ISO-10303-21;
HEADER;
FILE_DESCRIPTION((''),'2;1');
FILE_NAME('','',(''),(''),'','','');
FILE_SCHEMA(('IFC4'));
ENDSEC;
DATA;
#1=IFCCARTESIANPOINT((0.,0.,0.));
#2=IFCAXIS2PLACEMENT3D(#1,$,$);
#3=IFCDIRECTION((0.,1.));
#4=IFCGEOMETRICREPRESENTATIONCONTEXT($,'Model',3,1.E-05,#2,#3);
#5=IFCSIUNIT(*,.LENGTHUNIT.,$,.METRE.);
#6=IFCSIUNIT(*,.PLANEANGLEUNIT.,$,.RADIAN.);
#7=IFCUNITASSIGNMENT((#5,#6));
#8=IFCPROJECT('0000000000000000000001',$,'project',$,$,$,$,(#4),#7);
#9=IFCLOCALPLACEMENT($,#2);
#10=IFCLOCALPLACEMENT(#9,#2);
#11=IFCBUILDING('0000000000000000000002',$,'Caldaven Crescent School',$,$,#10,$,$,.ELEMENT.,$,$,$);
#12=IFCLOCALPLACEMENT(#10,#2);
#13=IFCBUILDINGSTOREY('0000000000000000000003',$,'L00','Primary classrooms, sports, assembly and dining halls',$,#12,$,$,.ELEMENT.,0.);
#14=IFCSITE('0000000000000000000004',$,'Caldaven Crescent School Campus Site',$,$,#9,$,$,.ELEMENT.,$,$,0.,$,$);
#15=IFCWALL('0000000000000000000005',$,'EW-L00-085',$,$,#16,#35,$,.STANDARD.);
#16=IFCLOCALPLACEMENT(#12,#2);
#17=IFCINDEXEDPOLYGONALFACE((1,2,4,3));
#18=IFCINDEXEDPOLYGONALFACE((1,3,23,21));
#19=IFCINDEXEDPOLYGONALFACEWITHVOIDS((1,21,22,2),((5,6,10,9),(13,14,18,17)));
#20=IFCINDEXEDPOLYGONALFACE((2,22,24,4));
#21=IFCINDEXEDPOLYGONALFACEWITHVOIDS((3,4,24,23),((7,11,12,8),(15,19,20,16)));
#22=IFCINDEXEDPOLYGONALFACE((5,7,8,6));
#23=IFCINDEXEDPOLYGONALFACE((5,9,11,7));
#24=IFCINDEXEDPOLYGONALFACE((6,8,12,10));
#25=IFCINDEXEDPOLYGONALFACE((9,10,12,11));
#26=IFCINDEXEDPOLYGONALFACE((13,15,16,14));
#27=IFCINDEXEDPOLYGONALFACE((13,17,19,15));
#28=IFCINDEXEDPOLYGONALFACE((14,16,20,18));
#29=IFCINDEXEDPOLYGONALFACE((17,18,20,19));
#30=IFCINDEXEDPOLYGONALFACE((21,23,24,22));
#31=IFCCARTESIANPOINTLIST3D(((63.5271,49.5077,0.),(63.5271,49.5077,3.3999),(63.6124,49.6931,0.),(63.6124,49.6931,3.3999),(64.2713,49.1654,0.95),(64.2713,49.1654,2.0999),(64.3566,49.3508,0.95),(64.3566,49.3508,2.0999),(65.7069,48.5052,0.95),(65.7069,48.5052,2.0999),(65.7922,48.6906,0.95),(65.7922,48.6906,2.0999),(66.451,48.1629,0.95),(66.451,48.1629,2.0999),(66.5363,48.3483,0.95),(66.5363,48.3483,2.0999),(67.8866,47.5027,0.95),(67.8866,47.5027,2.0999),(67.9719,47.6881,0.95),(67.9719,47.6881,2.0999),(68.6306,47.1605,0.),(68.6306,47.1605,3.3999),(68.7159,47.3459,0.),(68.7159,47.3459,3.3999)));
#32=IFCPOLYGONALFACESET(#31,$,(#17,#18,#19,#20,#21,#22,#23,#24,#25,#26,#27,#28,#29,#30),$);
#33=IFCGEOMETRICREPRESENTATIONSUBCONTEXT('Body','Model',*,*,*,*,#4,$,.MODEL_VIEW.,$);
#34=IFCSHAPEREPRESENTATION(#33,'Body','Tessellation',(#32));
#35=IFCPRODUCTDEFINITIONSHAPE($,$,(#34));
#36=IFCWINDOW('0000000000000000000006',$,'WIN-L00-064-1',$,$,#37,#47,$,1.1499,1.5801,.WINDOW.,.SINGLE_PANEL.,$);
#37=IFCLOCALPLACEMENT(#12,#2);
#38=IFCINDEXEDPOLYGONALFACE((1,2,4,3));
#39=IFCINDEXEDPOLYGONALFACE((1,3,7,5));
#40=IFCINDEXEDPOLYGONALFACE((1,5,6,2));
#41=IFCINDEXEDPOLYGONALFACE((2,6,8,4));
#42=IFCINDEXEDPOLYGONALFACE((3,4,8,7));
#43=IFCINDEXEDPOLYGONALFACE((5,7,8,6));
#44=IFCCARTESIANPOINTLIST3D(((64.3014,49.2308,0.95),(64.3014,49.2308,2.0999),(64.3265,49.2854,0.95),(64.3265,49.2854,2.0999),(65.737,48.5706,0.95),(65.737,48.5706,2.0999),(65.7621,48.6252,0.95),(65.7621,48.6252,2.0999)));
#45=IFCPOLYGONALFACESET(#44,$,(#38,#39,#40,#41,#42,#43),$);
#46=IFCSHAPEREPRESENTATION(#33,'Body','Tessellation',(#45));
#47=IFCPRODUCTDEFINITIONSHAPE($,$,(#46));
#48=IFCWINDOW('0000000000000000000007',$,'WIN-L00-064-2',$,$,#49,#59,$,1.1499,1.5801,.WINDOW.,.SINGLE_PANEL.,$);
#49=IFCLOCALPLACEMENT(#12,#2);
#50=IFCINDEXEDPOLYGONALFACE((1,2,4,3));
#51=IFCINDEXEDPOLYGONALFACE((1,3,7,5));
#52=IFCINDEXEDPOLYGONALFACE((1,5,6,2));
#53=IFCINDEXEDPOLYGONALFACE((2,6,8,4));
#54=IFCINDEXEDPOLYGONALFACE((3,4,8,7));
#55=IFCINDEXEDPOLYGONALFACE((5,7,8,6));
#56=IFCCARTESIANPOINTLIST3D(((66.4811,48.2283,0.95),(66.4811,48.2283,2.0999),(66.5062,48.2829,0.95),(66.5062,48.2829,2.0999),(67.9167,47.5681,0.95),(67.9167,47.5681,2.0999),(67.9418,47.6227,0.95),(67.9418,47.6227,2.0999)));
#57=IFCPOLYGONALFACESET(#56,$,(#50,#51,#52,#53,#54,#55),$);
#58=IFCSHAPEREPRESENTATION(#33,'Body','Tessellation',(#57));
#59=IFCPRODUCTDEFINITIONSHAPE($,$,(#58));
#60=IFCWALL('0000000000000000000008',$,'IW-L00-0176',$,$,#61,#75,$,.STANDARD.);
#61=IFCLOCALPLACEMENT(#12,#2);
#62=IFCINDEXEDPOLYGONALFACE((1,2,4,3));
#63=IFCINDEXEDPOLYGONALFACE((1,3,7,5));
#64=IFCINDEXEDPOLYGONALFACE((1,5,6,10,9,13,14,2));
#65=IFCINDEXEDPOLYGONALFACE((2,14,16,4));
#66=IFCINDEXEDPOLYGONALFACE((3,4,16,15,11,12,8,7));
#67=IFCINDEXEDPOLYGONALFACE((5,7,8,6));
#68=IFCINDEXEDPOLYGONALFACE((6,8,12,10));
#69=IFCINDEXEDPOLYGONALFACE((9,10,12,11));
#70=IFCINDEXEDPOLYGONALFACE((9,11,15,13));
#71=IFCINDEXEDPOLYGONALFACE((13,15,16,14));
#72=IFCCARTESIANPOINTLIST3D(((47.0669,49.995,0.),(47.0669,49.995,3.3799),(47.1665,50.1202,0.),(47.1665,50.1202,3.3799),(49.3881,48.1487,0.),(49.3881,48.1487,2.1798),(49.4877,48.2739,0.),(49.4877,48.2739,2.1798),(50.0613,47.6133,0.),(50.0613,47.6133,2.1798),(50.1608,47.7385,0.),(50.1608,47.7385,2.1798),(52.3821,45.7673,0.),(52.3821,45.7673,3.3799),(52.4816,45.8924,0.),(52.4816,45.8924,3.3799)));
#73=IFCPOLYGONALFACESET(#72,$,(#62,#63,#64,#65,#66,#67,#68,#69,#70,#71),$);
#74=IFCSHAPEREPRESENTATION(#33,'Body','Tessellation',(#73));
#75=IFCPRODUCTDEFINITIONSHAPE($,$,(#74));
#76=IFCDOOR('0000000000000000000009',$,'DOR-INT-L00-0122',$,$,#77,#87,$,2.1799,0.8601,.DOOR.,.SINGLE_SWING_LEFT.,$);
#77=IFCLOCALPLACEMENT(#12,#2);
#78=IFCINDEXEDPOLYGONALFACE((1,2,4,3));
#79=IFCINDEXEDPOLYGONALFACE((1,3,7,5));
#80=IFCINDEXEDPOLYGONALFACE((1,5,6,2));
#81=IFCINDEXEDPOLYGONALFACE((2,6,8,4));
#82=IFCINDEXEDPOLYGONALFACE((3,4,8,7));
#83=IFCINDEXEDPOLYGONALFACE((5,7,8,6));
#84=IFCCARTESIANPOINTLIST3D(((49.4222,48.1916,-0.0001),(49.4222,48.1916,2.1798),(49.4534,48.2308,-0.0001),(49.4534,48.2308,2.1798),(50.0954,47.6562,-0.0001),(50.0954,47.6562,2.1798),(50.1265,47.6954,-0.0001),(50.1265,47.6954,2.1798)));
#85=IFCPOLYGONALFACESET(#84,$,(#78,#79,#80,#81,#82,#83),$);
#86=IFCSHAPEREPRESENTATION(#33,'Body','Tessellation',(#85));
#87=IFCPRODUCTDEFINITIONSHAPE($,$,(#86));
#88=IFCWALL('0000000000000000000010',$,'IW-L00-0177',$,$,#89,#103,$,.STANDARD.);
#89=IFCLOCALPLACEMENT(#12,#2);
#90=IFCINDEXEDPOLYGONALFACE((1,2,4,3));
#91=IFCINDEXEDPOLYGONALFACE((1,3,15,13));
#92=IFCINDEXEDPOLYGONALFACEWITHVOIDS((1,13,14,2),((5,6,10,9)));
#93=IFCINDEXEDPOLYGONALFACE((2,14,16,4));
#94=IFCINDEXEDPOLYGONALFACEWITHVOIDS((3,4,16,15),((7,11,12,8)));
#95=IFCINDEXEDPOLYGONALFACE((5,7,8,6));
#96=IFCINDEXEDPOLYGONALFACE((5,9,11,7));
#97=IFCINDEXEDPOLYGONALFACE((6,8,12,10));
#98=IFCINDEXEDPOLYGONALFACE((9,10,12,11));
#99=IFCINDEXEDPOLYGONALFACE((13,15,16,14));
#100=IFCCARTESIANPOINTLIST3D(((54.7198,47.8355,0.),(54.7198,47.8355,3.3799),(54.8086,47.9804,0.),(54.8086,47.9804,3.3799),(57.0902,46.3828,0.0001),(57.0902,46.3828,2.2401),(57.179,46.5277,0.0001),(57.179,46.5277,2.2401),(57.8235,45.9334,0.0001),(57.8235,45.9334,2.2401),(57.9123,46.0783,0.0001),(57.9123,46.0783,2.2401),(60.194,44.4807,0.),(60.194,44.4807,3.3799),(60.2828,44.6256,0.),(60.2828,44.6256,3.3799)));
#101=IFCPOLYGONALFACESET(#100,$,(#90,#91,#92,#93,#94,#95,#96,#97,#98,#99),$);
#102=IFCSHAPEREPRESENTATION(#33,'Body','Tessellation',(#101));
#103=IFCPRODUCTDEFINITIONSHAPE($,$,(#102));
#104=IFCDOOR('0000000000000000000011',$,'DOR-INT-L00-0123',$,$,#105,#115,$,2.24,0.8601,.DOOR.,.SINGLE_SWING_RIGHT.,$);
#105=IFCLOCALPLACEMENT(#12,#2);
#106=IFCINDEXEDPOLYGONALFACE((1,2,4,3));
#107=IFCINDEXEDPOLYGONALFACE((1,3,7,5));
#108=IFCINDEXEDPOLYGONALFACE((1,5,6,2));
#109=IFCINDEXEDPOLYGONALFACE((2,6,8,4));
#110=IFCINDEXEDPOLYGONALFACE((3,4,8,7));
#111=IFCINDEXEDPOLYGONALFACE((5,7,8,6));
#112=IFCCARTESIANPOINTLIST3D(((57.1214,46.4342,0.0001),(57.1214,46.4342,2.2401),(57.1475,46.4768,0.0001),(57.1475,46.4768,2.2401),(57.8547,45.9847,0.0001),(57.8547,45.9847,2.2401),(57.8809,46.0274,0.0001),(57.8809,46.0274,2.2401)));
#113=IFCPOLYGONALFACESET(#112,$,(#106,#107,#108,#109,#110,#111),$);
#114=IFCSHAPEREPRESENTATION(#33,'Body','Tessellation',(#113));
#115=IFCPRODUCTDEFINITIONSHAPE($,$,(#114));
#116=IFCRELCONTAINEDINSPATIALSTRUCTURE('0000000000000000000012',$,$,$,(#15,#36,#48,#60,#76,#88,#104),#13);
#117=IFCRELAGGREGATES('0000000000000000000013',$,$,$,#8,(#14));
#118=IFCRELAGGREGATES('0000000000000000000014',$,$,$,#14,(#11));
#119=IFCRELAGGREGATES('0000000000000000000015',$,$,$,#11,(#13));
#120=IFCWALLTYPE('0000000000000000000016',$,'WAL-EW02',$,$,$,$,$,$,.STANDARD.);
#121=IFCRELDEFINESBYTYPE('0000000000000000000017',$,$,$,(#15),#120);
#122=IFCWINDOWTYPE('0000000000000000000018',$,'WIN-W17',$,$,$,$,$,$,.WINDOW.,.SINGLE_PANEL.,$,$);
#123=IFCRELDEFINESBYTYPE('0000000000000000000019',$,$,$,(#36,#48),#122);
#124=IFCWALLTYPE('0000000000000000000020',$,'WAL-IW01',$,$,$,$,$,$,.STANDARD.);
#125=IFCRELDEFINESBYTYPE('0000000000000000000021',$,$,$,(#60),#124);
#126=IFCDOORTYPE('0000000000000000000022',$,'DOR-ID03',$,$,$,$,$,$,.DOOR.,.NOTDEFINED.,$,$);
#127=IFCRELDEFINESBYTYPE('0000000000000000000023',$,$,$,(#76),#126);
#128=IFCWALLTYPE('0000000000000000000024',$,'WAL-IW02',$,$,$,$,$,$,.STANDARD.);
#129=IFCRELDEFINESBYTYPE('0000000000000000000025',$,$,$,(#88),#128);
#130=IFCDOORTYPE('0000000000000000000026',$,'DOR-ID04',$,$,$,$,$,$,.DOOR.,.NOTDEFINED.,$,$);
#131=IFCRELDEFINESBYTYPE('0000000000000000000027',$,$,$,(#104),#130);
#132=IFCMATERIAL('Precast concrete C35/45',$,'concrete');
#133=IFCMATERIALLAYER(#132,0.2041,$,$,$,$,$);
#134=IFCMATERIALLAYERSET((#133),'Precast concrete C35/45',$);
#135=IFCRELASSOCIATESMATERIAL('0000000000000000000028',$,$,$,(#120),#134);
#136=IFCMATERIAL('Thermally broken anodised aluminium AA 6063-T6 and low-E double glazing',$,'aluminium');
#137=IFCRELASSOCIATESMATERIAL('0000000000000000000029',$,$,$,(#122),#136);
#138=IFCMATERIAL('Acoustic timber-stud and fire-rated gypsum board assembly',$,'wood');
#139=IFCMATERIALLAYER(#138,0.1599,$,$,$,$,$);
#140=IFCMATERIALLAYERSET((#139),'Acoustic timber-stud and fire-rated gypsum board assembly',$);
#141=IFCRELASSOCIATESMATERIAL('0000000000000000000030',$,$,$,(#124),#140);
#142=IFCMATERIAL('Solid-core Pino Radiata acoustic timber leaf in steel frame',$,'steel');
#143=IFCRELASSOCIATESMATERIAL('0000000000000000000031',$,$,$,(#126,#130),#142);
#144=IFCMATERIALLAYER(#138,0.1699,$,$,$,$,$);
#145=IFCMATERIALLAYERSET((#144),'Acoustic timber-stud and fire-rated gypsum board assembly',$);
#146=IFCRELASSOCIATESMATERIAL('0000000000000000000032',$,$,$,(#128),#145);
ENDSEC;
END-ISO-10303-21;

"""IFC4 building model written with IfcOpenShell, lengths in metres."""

from ifc_helpers import new_model, si_unit, direction, frame, frame_2d, origin, place, context, subcontext, project, spatial, rectangle, extrude, material, layer, layer_set, type_object, element, fill, save


model = new_model("IFC4")

# Units and contexts
model_context = context("Model", 3, precision=1e-05, world=origin(), true_north=direction((0.0, 1.0)))
body_context = subcontext(model_context, "Body", "Model", "MODEL_VIEW")
ifc_project = project(units=[si_unit("LENGTHUNIT", "METRE"), si_unit("PLANEANGLEUNIT", "RADIAN")], contexts=[model_context])

# Site, building, storey
site_placement = place(None, origin())
site = spatial("IfcSite", under=ifc_project, at=site_placement, Name="Caldaven Crescent School Campus Site", CompositionType="ELEMENT", RefElevation=0.0)
building_placement = place(site_placement, origin())
building = spatial("IfcBuilding", under=site, at=building_placement, Name="Caldaven Crescent School", CompositionType="ELEMENT")
storey_placement = place(building_placement, origin())
storey = spatial("IfcBuildingStorey", under=building, at=storey_placement, Name="L00", Description="Primary classrooms, sports, assembly and dining halls", CompositionType="ELEMENT", Elevation=0.0)

# Wall, openings, windows
ifc_material_1 = material(Name="Precast concrete C35/45", Category="concrete")
ifc_layer_1 = layer(ifc_material_1, 0.2041)
ifc_layer_set_1 = layer_set([ifc_layer_1], Name="Precast concrete C35/45")
wall_type_1 = type_object("IfcWallType", Name="WAL-EW02", PredefinedType="STANDARD", material=ifc_layer_set_1)
wall_1_placement = place(storey_placement, frame((63.5698, 49.6003, 0.0), z_axis=(0.0, 0.0, 1.0), x_axis=(0.908521, -0.41784, 0.0)))
wall_1 = element("IfcWall", 1, at=wall_1_placement, inside=storey, type_object=wall_type_1, Name="EW-L00-085", PredefinedType="STANDARD", context=body_context, shape_type="SweptSolid", body=[
    extrude(rectangle(XDim=5.6174, YDim=0.2041, at=frame_2d((2.8086, 0.0))), origin(), (0.0, 0.0, 1.0), 3.3999),
])
opening_1_placement = place(wall_1_placement, frame((0.8191, 0.0, 0.95)))
opening_1 = element("IfcOpeningElement", 2, at=opening_1_placement, cuts=wall_1, PredefinedType="OPENING", context=body_context, shape_type="SweptSolid", body=[
    extrude(rectangle(XDim=1.5801, YDim=1.1499, at=frame_2d((0.79, 0.575))), frame((0.0, 0.1121, 0.0), z_axis=(0.0, -1.0, 0.0), x_axis=(1.0, 0.0, 0.0)), (0.0, 0.0, 1.0), 0.2241),
])
opening_2_placement = place(wall_1_placement, frame((3.2183, 0.0, 0.95)))
opening_2 = element("IfcOpeningElement", 3, at=opening_2_placement, cuts=wall_1, PredefinedType="OPENING", context=body_context, shape_type="SweptSolid", body=[
    extrude(rectangle(XDim=1.5801, YDim=1.1499, at=frame_2d((0.79, 0.575))), frame((0.0, 0.1121, 0.0), z_axis=(0.0, -1.0, 0.0), x_axis=(1.0, 0.0, 0.0)), (0.0, 0.0, 1.0), 0.2241),
])
ifc_material_2 = material(Name="Thermally broken anodised aluminium AA 6063-T6 and low-E double glazing", Category="aluminium")
window_type = type_object("IfcWindowType", Name="WIN-W17", PartitioningType="SINGLE_PANEL", PredefinedType="WINDOW", material=ifc_material_2)
window_1_placement = place(opening_1_placement, origin())
window_1 = element("IfcWindow", 4, at=window_1_placement, inside=storey, type_object=window_type, Name="WIN-L00-064-1", OverallHeight=1.1499, OverallWidth=1.5801, PartitioningType="SINGLE_PANEL", PredefinedType="WINDOW", context=body_context, shape_type="SweptSolid", body=[
    extrude(rectangle(XDim=1.5801, YDim=1.1499, at=frame_2d((0.79, 0.575))), frame((0.0, 0.03, 0.0), z_axis=(0.0, -1.0, 0.0), x_axis=(1.0, 0.0, 0.0)), (0.0, 0.0, 1.0), 0.0601),
])
fill(opening_1, window_1)
window_2_placement = place(opening_2_placement, origin())
window_2 = element("IfcWindow", 5, at=window_2_placement, inside=storey, type_object=window_type, Name="WIN-L00-064-2", OverallHeight=1.1499, OverallWidth=1.5801, PartitioningType="SINGLE_PANEL", PredefinedType="WINDOW", context=body_context, shape_type="SweptSolid", body=[
    extrude(rectangle(XDim=1.5801, YDim=1.1499, at=frame_2d((0.79, 0.575))), frame((0.0, 0.03, 0.0), z_axis=(0.0, -1.0, 0.0), x_axis=(1.0, 0.0, 0.0)), (0.0, 0.0, 1.0), 0.0601),
])
fill(opening_2, window_2)

# Walls, openings, doors
ifc_material_3 = material(Name="Acoustic timber-stud and fire-rated gypsum board assembly", Category="wood")
ifc_layer_2 = layer(ifc_material_3, 0.1599)
ifc_layer_set_2 = layer_set([ifc_layer_2], Name="Acoustic timber-stud and fire-rated gypsum board assembly")
wall_type_2 = type_object("IfcWallType", Name="WAL-IW01", PredefinedType="STANDARD", material=ifc_layer_set_2)
wall_2_placement = place(storey_placement, frame((47.1167, 50.0576, 0.0), z_axis=(0.0, 0.0, 1.0), x_axis=(0.782616, -0.622505, 0.0)))
wall_2 = element("IfcWall", 6, at=wall_2_placement, inside=storey, type_object=wall_type_2, Name="IW-L00-0176", PredefinedType="STANDARD", context=body_context, shape_type="SweptSolid", body=[
    extrude(rectangle(XDim=6.7915, YDim=0.1599, at=frame_2d((3.3958, 0.0))), origin(), (0.0, 0.0, 1.0), 3.3799),
])
opening_3_placement = place(wall_2_placement, frame((2.9658, 0.0, 0.0)))
opening_3 = element("IfcOpeningElement", 7, at=opening_3_placement, cuts=wall_2, PredefinedType="OPENING", context=body_context, shape_type="SweptSolid", body=[
    extrude(rectangle(XDim=0.8601, YDim=2.1799, at=frame_2d((0.4302, 1.0898))), frame((0.0, 0.0898, 0.0), z_axis=(0.0, -1.0, 0.0), x_axis=(1.0, 0.0, 0.0)), (0.0, 0.0, 1.0), 0.1799),
])
ifc_material_4 = material(Name="Solid-core Pino Radiata acoustic timber leaf in steel frame", Category="steel")
door_type_1 = type_object("IfcDoorType", Name="DOR-ID03", OperationType="NOTDEFINED", PredefinedType="DOOR", material=ifc_material_4)
door_1_placement = place(opening_3_placement, origin())
door_1 = element("IfcDoor", 8, at=door_1_placement, inside=storey, type_object=door_type_1, Name="DOR-INT-L00-0122", OperationType="SINGLE_SWING_LEFT", OverallHeight=2.1799, OverallWidth=0.8601, PredefinedType="DOOR", context=body_context, shape_type="SweptSolid", body=[
    extrude(rectangle(XDim=0.8601, YDim=2.1799, at=frame_2d((0.4302, 1.0898))), frame((0.0, 0.0249, 0.0), z_axis=(0.0, -1.0, 0.0), x_axis=(1.0, 0.0, 0.0)), (0.0, 0.0, 1.0), 0.05),
])
fill(opening_3, door_1)
ifc_layer_3 = layer(ifc_material_3, 0.1699)
ifc_layer_set_3 = layer_set([ifc_layer_3], Name="Acoustic timber-stud and fire-rated gypsum board assembly")
wall_type_3 = type_object("IfcWallType", Name="WAL-IW02", PredefinedType="STANDARD", material=ifc_layer_set_3)
wall_3_placement = place(storey_placement, frame((54.7642, 47.908, 0.0), z_axis=(0.0, 0.0, 1.0), x_axis=(0.852627, -0.52252, 0.0)))
wall_3 = element("IfcWall", 9, at=wall_3_placement, inside=storey, type_object=wall_type_3, Name="IW-L00-0177", PredefinedType="STANDARD", context=body_context, shape_type="SweptSolid", body=[
    extrude(rectangle(XDim=6.4204, YDim=0.1699, at=frame_2d((3.2102, 0.0))), origin(), (0.0, 0.0, 1.0), 3.3799),
])
opening_4_placement = place(wall_3_placement, frame((2.78, 0.0, 0.0)))
opening_4 = element("IfcOpeningElement", 10, at=opening_4_placement, cuts=wall_3, PredefinedType="OPENING", context=body_context, shape_type="SweptSolid", body=[
    extrude(rectangle(XDim=0.8601, YDim=2.24, at=frame_2d((0.4302, 1.1201))), frame((0.0, 0.095, 0.0), z_axis=(0.0, -1.0, 0.0), x_axis=(1.0, 0.0, 0.0)), (0.0, 0.0, 1.0), 0.1899),
])
door_type_2 = type_object("IfcDoorType", Name="DOR-ID04", OperationType="NOTDEFINED", PredefinedType="DOOR", material=ifc_material_4)
door_2_placement = place(opening_4_placement, frame((0.8601, 0.0, 0.0), z_axis=(0.0, 0.0, 1.0), x_axis=(-1.0, 0.0, 0.0)))
door_2 = element("IfcDoor", 11, at=door_2_placement, inside=storey, type_object=door_type_2, Name="DOR-INT-L00-0123", OperationType="SINGLE_SWING_RIGHT", OverallHeight=2.24, OverallWidth=0.8601, PredefinedType="DOOR", context=body_context, shape_type="SweptSolid", body=[
    extrude(rectangle(XDim=0.8601, YDim=2.24, at=frame_2d((0.4302, 1.1201))), frame((0.0, 0.0249, 0.0), z_axis=(0.0, -1.0, 0.0), x_axis=(1.0, 0.0, 0.0)), (0.0, 0.0, 1.0), 0.05),
])
fill(opening_4, door_2)

save(model, "model.ifc")
